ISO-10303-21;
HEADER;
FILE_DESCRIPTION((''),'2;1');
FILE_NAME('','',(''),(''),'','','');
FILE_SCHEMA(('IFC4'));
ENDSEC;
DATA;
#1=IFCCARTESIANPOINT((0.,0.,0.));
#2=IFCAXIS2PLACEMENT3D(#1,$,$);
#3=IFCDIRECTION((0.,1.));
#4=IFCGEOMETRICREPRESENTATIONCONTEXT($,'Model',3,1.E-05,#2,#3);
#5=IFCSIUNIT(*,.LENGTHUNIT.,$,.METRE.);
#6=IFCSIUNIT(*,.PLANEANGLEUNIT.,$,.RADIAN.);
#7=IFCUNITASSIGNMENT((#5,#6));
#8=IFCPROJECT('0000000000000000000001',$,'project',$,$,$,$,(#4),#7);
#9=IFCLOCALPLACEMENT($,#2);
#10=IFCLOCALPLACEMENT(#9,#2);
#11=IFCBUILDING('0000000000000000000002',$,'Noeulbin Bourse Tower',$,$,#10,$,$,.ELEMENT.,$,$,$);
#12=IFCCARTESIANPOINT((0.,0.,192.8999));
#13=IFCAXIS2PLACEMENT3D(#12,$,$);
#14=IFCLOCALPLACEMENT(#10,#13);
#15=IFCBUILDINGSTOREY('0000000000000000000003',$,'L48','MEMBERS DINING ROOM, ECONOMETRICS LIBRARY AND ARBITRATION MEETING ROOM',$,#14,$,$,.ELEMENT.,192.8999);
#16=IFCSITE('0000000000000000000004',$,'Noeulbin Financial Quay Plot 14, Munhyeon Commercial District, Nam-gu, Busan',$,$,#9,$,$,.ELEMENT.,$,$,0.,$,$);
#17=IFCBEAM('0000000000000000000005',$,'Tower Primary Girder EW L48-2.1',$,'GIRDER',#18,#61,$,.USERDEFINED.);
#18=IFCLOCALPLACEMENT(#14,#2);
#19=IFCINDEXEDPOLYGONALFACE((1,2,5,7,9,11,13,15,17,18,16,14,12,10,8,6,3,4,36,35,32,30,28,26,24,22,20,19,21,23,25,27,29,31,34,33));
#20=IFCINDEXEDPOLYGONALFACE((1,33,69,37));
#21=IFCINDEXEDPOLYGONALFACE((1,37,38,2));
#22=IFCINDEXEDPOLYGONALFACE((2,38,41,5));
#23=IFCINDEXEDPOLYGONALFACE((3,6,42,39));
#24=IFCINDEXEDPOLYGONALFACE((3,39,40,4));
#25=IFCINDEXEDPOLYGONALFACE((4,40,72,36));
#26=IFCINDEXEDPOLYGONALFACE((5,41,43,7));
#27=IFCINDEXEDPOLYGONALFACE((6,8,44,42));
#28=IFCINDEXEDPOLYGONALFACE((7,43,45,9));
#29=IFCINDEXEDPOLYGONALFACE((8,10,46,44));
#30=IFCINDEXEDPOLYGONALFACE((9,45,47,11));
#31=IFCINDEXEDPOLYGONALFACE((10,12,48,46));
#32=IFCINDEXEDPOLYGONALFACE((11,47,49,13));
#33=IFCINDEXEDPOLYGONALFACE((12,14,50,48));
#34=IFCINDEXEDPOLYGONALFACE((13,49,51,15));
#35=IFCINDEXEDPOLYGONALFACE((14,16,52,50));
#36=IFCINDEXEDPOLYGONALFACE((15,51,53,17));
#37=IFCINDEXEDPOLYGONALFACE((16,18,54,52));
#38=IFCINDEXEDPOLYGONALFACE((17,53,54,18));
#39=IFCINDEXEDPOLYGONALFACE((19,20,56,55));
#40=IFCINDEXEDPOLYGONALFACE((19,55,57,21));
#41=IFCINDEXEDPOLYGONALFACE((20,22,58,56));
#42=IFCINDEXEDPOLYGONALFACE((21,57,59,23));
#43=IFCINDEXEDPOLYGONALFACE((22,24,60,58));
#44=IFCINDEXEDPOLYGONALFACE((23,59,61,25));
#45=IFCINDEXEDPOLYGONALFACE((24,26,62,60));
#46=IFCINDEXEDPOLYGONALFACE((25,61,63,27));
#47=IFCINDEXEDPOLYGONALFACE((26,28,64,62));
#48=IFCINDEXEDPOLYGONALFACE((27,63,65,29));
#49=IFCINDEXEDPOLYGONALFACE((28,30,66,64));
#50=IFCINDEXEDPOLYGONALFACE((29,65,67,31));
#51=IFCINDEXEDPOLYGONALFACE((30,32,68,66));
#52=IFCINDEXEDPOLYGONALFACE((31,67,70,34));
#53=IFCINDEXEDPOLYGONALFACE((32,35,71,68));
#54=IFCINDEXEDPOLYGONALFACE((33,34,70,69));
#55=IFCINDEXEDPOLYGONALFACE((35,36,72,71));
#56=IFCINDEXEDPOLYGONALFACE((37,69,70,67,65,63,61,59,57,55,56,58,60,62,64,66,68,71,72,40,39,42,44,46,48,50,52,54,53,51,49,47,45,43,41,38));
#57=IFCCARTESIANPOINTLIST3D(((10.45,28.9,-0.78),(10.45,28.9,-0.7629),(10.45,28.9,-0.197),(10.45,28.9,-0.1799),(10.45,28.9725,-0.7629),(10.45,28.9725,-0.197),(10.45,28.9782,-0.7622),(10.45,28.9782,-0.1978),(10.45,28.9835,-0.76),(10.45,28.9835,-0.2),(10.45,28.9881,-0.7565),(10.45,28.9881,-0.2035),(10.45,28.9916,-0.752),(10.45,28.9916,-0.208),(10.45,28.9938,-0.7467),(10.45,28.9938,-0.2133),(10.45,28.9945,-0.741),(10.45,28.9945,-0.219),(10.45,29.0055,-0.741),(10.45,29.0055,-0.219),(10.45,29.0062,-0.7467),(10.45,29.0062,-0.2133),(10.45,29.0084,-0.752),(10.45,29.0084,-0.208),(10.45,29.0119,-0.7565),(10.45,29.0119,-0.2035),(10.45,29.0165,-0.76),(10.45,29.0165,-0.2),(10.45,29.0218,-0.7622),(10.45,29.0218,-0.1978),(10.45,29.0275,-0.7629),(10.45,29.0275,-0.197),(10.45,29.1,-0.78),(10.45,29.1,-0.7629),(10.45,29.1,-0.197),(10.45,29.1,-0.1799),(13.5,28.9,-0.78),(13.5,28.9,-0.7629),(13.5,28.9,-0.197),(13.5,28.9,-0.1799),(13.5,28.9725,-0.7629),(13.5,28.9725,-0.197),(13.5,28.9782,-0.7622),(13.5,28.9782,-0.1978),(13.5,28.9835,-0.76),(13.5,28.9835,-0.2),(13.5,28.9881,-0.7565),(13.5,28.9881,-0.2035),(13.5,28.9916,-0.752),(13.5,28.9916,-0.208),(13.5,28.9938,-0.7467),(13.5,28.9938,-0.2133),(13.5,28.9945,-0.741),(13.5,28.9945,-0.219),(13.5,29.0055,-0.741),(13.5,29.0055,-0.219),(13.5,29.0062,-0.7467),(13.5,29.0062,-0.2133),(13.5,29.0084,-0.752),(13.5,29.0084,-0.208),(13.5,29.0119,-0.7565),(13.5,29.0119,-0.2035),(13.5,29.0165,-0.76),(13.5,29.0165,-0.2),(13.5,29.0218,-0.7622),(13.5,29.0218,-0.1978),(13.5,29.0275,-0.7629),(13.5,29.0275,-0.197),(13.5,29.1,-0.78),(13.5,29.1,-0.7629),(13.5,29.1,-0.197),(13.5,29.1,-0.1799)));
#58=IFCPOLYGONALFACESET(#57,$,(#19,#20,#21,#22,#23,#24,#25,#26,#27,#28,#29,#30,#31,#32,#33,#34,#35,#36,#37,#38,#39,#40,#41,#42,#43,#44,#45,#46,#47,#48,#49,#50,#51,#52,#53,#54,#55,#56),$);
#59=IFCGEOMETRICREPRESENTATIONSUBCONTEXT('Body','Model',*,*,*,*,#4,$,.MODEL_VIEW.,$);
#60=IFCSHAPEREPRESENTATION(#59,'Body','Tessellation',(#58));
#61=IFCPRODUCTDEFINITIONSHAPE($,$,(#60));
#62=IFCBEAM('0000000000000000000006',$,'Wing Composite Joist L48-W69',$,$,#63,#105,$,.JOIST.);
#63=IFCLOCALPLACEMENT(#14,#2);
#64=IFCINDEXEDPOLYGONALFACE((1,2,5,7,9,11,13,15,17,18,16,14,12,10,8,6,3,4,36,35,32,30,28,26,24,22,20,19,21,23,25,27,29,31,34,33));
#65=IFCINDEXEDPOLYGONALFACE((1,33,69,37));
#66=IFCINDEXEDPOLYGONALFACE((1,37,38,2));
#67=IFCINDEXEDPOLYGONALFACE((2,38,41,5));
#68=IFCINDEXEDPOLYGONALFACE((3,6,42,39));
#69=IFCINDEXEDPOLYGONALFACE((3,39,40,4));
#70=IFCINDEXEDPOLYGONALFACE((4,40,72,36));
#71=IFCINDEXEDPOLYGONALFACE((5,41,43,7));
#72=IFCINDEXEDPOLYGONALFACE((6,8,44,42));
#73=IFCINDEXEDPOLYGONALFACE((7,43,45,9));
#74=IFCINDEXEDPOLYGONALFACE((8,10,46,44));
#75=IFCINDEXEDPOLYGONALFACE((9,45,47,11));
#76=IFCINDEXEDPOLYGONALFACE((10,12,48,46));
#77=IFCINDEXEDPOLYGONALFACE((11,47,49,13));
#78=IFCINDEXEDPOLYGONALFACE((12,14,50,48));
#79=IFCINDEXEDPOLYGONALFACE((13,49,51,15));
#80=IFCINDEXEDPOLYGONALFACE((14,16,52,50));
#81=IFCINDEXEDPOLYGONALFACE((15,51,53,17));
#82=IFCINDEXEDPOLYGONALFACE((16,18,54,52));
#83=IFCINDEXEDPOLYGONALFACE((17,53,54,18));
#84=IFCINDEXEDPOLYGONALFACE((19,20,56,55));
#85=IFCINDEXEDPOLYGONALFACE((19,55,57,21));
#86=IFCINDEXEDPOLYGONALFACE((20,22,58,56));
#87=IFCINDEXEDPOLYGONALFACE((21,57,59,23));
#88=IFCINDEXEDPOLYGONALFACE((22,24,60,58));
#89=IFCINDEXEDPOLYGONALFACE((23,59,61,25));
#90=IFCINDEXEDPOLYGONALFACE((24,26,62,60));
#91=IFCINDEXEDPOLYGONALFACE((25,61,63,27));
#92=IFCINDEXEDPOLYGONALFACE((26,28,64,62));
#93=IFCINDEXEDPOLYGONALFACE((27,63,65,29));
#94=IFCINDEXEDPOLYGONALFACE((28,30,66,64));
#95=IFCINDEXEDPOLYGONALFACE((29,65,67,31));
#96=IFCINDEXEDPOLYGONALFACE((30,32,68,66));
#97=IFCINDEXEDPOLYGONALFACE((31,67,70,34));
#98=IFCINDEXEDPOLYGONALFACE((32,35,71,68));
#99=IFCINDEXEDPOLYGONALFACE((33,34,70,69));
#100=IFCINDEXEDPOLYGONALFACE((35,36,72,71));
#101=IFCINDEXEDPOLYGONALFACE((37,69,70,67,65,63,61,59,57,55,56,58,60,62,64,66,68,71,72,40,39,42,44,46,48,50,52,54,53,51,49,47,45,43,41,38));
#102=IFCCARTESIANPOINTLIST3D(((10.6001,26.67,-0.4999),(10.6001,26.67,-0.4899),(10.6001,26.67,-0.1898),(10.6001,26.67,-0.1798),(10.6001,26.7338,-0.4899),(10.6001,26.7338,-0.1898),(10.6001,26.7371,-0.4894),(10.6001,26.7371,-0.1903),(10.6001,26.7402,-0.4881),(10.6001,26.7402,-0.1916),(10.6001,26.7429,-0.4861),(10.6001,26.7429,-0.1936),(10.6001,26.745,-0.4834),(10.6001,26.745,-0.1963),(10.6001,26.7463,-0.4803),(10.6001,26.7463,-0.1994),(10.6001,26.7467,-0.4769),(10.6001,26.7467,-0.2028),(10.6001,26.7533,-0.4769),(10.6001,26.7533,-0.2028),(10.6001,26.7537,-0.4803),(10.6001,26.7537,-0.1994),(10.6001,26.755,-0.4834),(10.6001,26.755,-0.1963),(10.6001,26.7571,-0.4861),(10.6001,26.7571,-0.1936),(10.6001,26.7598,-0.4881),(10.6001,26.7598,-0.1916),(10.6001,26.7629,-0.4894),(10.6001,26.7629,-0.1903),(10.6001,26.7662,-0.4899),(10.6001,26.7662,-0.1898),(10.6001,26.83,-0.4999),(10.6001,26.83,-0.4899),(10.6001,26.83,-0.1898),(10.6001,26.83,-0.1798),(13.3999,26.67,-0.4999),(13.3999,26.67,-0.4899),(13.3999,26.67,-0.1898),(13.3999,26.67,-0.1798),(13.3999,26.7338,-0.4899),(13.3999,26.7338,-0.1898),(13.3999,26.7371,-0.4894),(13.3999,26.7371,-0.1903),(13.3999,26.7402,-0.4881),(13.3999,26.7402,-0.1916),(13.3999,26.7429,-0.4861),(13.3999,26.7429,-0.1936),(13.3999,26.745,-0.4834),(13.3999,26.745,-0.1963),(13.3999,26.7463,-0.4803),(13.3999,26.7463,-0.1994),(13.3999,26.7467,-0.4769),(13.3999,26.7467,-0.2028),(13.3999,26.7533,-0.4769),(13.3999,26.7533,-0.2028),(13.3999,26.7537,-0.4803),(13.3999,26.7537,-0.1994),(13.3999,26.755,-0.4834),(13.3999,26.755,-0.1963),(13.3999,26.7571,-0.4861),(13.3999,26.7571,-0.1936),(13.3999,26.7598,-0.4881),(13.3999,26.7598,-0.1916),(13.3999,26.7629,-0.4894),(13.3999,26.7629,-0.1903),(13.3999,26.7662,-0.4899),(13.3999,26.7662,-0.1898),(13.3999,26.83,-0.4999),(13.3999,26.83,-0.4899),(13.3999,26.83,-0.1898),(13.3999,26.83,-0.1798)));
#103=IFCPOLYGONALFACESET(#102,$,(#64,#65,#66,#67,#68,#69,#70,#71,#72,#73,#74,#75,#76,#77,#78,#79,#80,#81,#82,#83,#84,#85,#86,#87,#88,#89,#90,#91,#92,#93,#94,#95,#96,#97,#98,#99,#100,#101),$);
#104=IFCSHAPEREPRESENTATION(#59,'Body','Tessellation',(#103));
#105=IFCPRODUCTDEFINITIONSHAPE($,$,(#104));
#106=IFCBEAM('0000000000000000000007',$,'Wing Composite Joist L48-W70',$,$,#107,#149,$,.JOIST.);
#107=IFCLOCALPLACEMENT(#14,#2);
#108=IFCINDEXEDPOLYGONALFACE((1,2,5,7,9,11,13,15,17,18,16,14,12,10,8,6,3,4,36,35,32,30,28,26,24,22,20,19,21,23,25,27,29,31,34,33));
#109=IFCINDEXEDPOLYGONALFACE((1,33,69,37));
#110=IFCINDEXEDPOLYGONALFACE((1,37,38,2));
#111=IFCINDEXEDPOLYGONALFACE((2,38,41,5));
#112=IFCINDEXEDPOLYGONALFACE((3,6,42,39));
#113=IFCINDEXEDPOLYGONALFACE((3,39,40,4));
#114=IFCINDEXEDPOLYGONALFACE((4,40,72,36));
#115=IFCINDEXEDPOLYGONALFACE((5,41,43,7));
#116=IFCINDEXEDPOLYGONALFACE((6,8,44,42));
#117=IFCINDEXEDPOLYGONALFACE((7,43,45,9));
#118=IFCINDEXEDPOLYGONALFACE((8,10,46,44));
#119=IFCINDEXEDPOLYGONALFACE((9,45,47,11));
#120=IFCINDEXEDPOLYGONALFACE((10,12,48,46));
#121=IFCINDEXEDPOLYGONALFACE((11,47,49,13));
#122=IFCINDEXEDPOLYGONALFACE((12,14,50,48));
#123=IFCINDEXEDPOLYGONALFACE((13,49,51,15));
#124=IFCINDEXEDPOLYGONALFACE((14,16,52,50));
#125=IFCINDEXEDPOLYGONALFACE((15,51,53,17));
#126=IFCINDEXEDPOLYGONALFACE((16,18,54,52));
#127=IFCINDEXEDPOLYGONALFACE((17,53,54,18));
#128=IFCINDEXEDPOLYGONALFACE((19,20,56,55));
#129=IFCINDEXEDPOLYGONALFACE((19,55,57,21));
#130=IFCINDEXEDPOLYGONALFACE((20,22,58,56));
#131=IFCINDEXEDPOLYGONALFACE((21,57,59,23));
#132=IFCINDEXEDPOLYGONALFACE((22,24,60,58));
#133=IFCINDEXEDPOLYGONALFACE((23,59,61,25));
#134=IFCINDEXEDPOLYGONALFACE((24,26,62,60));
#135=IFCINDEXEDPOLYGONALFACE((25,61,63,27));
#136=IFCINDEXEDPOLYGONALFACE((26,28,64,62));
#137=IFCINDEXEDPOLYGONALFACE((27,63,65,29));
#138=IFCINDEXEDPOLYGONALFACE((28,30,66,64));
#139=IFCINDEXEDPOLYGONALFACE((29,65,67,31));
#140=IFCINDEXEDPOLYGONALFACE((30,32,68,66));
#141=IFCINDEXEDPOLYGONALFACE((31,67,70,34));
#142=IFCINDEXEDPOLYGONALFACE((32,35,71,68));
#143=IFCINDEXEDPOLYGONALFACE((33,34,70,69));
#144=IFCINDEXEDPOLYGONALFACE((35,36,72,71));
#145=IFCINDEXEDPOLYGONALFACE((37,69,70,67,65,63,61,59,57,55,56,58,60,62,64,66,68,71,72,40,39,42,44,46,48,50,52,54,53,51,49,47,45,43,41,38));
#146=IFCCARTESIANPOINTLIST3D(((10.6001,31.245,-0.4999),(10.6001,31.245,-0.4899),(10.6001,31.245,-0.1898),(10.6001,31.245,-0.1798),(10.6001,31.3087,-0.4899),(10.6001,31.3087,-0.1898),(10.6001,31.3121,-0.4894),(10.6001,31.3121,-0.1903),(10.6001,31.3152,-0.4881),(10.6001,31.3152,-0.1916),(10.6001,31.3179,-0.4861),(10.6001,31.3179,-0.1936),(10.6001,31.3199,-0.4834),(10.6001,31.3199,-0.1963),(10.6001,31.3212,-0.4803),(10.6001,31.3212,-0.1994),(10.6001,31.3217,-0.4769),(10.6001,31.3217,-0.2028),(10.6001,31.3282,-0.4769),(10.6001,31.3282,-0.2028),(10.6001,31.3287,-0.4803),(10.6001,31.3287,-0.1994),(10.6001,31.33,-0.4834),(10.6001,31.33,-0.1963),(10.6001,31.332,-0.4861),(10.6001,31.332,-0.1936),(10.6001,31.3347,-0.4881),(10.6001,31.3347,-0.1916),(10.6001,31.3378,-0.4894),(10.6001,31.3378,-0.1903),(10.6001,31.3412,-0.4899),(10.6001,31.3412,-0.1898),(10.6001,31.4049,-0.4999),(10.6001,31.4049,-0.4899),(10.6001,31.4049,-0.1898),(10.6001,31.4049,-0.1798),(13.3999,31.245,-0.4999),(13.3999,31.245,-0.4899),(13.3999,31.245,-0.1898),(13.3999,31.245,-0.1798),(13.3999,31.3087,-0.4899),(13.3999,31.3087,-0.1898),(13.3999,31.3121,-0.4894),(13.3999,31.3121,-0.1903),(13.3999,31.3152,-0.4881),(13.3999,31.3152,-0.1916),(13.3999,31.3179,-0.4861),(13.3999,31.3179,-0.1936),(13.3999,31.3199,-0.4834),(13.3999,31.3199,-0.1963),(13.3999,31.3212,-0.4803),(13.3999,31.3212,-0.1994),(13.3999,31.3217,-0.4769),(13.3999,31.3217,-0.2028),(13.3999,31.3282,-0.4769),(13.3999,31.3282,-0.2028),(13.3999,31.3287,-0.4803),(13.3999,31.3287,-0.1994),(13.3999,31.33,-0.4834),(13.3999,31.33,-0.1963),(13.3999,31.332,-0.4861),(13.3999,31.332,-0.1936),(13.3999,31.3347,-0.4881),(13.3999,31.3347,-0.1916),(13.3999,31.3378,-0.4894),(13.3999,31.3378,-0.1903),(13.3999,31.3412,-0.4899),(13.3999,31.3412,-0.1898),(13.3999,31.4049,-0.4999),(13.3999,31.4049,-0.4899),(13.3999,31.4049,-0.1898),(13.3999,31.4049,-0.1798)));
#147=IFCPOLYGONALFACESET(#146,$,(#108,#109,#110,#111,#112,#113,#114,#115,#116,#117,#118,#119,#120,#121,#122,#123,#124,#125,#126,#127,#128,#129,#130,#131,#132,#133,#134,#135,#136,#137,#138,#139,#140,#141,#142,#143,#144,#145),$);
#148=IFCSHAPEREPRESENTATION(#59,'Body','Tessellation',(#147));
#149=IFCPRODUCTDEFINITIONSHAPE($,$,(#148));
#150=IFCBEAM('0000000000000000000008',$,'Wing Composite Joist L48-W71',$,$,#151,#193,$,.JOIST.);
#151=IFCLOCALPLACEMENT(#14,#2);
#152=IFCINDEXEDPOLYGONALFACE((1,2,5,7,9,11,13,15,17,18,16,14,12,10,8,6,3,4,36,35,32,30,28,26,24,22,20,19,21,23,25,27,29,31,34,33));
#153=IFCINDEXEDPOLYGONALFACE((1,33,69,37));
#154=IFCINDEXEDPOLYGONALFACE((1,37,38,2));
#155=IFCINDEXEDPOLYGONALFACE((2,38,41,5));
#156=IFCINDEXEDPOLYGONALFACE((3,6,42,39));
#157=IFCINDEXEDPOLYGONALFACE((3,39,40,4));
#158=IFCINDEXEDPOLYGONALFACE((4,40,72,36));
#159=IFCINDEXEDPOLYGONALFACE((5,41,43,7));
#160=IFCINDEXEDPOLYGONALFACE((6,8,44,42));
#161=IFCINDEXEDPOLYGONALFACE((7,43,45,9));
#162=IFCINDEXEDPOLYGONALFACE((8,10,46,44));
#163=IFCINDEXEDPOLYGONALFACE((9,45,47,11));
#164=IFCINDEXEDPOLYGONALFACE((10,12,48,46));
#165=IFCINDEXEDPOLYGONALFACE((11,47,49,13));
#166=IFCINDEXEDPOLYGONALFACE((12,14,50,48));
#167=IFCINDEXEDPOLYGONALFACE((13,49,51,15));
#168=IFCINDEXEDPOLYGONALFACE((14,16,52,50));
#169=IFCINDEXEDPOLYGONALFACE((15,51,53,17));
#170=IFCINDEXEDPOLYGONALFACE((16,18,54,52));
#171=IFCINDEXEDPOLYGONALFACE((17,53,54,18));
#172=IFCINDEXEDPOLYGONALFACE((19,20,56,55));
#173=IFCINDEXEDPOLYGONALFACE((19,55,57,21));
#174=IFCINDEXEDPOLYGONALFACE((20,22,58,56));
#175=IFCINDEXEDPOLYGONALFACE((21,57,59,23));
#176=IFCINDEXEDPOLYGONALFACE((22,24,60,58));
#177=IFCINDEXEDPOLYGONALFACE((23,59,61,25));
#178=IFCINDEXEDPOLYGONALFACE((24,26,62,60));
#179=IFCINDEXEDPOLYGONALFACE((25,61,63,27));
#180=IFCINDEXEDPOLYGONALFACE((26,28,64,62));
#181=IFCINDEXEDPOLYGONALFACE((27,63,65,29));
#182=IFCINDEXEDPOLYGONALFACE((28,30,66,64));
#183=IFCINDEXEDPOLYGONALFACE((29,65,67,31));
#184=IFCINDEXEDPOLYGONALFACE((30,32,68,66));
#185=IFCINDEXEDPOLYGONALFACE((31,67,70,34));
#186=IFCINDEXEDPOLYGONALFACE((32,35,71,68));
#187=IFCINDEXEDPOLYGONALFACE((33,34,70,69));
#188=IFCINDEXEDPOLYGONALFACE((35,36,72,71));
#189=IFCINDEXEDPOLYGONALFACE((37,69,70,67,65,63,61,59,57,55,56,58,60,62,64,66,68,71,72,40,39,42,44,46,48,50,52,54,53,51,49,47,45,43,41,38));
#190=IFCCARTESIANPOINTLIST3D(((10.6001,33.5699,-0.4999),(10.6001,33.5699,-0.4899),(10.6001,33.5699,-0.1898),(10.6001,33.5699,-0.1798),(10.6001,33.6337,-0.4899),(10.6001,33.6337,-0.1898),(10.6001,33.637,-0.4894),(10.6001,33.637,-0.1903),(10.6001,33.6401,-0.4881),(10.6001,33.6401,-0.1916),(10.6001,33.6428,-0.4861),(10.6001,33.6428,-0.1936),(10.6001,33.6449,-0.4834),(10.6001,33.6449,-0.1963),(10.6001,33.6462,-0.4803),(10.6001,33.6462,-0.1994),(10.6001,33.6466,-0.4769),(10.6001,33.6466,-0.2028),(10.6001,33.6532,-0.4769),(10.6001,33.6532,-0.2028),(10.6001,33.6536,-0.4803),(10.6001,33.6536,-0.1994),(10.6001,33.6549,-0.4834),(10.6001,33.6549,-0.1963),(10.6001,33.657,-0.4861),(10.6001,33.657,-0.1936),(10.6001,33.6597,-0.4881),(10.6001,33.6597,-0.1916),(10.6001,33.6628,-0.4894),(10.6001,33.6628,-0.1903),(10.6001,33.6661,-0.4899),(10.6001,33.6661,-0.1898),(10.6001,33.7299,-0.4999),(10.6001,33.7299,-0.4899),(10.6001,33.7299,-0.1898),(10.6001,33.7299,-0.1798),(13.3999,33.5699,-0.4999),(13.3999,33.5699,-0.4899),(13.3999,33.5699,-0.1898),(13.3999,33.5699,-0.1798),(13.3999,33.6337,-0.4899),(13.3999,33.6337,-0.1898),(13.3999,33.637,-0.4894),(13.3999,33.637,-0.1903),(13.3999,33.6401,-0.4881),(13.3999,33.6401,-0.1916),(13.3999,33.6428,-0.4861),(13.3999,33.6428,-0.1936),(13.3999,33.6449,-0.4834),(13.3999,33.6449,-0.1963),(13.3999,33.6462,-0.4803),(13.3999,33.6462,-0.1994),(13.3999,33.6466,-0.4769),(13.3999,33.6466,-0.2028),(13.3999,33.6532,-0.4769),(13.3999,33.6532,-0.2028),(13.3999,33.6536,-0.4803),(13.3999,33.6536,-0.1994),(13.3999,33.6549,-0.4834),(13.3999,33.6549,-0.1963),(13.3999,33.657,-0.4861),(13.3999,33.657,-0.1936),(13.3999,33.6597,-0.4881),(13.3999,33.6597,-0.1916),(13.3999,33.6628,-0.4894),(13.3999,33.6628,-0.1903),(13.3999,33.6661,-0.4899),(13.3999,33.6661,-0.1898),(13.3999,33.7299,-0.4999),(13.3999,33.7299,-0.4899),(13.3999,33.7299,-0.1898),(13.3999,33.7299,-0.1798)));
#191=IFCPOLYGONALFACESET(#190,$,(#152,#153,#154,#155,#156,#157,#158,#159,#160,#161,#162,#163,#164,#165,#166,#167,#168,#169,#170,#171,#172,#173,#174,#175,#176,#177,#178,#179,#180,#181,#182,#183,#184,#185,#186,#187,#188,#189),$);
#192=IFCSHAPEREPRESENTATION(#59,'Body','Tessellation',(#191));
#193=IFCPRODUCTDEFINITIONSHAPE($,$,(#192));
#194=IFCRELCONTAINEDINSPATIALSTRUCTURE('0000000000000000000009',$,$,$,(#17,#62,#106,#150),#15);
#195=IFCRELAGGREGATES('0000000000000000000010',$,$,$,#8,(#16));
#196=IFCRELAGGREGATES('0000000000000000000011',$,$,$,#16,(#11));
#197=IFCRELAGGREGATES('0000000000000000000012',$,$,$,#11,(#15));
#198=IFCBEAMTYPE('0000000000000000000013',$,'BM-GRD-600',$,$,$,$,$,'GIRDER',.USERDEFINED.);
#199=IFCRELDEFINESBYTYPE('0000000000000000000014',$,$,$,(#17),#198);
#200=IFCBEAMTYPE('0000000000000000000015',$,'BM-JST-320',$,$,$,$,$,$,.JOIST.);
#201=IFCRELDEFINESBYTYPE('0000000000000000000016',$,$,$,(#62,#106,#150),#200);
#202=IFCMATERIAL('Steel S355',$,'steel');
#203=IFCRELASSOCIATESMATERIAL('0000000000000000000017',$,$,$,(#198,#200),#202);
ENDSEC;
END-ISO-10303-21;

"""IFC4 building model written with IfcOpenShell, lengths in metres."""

from ifc_helpers import new_model, si_unit, direction, frame, origin, origin_2d, place, context, subcontext, project, spatial, i_section, extrude, material, material_profile, profile_set, type_object, element, save


model = new_model("IFC4")

# Units and contexts
model_context = context("Model", 3, precision=1e-05, world=origin(), true_north=direction((0.0, 1.0)))
body_context = subcontext(model_context, "Body", "Model", "MODEL_VIEW")
ifc_project = project(units=[si_unit("LENGTHUNIT", "METRE"), si_unit("PLANEANGLEUNIT", "RADIAN")], contexts=[model_context])

# Site, building, storey
site_placement = place(None, origin())
site = spatial("IfcSite", under=ifc_project, at=site_placement, Name="Noeulbin Financial Quay Plot 14, Munhyeon Commercial District, Nam-gu, Busan", CompositionType="ELEMENT", RefElevation=0.0)
building_placement = place(site_placement, origin())
building = spatial("IfcBuilding", under=site, at=building_placement, Name="Noeulbin Bourse Tower", CompositionType="ELEMENT")
storey_placement = place(building_placement, frame((0.0, 0.0, 192.8999)))
storey = spatial("IfcBuildingStorey", under=building, at=storey_placement, Name="L48", Description="MEMBERS DINING ROOM, ECONOMETRICS LIBRARY AND ARBITRATION MEETING ROOM", CompositionType="ELEMENT", Elevation=192.8999)

# Shared definitions
ifc_material_1 = material(Name="Steel S355", Category="steel")

# Beams
ifc_material_profile_1 = material_profile(ifc_material_1, i_section(OverallWidth=0.2, OverallDepth=0.6001, WebThickness=0.011, FlangeThickness=0.0171, FilletRadius=0.022, at=origin_2d()), Name="H-600x200x11x17", Category="LoadBearing")
ifc_profile_set_1 = profile_set([ifc_material_profile_1], Name="Steel S355")
beam_type_1 = type_object("IfcBeamType", Name="BM-GRD-600", ElementType="GIRDER", PredefinedType="USERDEFINED", material=ifc_profile_set_1)
beam_1_placement = place(storey_placement, frame((10.45, 29.0, -0.48), z_axis=(1.0, 0.0, 0.0), x_axis=(0.0, 1.0, 0.0)))
element("IfcBeam", 1, at=beam_1_placement, inside=storey, type_object=beam_type_1, Name="Tower Primary Girder EW L48-2.1", ObjectType="GIRDER", PredefinedType="USERDEFINED", context=body_context, shape_type="SweptSolid", body=[
    extrude(i_section(OverallWidth=0.2, OverallDepth=0.6001, WebThickness=0.011, FlangeThickness=0.0171, FilletRadius=0.022, at=origin_2d()), origin(), (0.0, 0.0, 1.0), 3.05),
])
ifc_material_profile_2 = material_profile(ifc_material_1, i_section(OverallWidth=0.1599, OverallDepth=0.3201, WebThickness=0.0066, FlangeThickness=0.01, FilletRadius=0.0129, at=origin_2d()), Name="H-320x160x6.5x10", Category="LoadBearing")
ifc_profile_set_2 = profile_set([ifc_material_profile_2], Name="Steel S355")
beam_type_2 = type_object("IfcBeamType", Name="BM-JST-320", PredefinedType="JOIST", material=ifc_profile_set_2)
for number, where, z_axis, x_axis, name in (
    (2, (10.6001, 26.75, -0.3398), (1.0, 0.0, 0.0), (0.0, 1.0, 0.0), "Wing Composite Joist L48-W69"),
    (3, (10.6001, 31.325, -0.3398), (1.0, 0.0, 0.0), (0.0, 1.0, 0.0), "Wing Composite Joist L48-W70"),
    (4, (10.6001, 33.6499, -0.3398), (1.0, 0.0, 0.0), (0.0, 1.0, 0.0), "Wing Composite Joist L48-W71"),
):
    element("IfcBeam", number, at=place(storey_placement, frame(where, z_axis=z_axis, x_axis=x_axis)), inside=storey, type_object=beam_type_2, Name=name, PredefinedType="JOIST", context=body_context, shape_type="SweptSolid", body=[
        extrude(i_section(OverallWidth=0.1599, OverallDepth=0.3201, WebThickness=0.0066, FlangeThickness=0.01, FilletRadius=0.0129, at=origin_2d()), origin(), (0.0, 0.0, 1.0), 2.7998),
    ])

save(model, "model.ifc")
